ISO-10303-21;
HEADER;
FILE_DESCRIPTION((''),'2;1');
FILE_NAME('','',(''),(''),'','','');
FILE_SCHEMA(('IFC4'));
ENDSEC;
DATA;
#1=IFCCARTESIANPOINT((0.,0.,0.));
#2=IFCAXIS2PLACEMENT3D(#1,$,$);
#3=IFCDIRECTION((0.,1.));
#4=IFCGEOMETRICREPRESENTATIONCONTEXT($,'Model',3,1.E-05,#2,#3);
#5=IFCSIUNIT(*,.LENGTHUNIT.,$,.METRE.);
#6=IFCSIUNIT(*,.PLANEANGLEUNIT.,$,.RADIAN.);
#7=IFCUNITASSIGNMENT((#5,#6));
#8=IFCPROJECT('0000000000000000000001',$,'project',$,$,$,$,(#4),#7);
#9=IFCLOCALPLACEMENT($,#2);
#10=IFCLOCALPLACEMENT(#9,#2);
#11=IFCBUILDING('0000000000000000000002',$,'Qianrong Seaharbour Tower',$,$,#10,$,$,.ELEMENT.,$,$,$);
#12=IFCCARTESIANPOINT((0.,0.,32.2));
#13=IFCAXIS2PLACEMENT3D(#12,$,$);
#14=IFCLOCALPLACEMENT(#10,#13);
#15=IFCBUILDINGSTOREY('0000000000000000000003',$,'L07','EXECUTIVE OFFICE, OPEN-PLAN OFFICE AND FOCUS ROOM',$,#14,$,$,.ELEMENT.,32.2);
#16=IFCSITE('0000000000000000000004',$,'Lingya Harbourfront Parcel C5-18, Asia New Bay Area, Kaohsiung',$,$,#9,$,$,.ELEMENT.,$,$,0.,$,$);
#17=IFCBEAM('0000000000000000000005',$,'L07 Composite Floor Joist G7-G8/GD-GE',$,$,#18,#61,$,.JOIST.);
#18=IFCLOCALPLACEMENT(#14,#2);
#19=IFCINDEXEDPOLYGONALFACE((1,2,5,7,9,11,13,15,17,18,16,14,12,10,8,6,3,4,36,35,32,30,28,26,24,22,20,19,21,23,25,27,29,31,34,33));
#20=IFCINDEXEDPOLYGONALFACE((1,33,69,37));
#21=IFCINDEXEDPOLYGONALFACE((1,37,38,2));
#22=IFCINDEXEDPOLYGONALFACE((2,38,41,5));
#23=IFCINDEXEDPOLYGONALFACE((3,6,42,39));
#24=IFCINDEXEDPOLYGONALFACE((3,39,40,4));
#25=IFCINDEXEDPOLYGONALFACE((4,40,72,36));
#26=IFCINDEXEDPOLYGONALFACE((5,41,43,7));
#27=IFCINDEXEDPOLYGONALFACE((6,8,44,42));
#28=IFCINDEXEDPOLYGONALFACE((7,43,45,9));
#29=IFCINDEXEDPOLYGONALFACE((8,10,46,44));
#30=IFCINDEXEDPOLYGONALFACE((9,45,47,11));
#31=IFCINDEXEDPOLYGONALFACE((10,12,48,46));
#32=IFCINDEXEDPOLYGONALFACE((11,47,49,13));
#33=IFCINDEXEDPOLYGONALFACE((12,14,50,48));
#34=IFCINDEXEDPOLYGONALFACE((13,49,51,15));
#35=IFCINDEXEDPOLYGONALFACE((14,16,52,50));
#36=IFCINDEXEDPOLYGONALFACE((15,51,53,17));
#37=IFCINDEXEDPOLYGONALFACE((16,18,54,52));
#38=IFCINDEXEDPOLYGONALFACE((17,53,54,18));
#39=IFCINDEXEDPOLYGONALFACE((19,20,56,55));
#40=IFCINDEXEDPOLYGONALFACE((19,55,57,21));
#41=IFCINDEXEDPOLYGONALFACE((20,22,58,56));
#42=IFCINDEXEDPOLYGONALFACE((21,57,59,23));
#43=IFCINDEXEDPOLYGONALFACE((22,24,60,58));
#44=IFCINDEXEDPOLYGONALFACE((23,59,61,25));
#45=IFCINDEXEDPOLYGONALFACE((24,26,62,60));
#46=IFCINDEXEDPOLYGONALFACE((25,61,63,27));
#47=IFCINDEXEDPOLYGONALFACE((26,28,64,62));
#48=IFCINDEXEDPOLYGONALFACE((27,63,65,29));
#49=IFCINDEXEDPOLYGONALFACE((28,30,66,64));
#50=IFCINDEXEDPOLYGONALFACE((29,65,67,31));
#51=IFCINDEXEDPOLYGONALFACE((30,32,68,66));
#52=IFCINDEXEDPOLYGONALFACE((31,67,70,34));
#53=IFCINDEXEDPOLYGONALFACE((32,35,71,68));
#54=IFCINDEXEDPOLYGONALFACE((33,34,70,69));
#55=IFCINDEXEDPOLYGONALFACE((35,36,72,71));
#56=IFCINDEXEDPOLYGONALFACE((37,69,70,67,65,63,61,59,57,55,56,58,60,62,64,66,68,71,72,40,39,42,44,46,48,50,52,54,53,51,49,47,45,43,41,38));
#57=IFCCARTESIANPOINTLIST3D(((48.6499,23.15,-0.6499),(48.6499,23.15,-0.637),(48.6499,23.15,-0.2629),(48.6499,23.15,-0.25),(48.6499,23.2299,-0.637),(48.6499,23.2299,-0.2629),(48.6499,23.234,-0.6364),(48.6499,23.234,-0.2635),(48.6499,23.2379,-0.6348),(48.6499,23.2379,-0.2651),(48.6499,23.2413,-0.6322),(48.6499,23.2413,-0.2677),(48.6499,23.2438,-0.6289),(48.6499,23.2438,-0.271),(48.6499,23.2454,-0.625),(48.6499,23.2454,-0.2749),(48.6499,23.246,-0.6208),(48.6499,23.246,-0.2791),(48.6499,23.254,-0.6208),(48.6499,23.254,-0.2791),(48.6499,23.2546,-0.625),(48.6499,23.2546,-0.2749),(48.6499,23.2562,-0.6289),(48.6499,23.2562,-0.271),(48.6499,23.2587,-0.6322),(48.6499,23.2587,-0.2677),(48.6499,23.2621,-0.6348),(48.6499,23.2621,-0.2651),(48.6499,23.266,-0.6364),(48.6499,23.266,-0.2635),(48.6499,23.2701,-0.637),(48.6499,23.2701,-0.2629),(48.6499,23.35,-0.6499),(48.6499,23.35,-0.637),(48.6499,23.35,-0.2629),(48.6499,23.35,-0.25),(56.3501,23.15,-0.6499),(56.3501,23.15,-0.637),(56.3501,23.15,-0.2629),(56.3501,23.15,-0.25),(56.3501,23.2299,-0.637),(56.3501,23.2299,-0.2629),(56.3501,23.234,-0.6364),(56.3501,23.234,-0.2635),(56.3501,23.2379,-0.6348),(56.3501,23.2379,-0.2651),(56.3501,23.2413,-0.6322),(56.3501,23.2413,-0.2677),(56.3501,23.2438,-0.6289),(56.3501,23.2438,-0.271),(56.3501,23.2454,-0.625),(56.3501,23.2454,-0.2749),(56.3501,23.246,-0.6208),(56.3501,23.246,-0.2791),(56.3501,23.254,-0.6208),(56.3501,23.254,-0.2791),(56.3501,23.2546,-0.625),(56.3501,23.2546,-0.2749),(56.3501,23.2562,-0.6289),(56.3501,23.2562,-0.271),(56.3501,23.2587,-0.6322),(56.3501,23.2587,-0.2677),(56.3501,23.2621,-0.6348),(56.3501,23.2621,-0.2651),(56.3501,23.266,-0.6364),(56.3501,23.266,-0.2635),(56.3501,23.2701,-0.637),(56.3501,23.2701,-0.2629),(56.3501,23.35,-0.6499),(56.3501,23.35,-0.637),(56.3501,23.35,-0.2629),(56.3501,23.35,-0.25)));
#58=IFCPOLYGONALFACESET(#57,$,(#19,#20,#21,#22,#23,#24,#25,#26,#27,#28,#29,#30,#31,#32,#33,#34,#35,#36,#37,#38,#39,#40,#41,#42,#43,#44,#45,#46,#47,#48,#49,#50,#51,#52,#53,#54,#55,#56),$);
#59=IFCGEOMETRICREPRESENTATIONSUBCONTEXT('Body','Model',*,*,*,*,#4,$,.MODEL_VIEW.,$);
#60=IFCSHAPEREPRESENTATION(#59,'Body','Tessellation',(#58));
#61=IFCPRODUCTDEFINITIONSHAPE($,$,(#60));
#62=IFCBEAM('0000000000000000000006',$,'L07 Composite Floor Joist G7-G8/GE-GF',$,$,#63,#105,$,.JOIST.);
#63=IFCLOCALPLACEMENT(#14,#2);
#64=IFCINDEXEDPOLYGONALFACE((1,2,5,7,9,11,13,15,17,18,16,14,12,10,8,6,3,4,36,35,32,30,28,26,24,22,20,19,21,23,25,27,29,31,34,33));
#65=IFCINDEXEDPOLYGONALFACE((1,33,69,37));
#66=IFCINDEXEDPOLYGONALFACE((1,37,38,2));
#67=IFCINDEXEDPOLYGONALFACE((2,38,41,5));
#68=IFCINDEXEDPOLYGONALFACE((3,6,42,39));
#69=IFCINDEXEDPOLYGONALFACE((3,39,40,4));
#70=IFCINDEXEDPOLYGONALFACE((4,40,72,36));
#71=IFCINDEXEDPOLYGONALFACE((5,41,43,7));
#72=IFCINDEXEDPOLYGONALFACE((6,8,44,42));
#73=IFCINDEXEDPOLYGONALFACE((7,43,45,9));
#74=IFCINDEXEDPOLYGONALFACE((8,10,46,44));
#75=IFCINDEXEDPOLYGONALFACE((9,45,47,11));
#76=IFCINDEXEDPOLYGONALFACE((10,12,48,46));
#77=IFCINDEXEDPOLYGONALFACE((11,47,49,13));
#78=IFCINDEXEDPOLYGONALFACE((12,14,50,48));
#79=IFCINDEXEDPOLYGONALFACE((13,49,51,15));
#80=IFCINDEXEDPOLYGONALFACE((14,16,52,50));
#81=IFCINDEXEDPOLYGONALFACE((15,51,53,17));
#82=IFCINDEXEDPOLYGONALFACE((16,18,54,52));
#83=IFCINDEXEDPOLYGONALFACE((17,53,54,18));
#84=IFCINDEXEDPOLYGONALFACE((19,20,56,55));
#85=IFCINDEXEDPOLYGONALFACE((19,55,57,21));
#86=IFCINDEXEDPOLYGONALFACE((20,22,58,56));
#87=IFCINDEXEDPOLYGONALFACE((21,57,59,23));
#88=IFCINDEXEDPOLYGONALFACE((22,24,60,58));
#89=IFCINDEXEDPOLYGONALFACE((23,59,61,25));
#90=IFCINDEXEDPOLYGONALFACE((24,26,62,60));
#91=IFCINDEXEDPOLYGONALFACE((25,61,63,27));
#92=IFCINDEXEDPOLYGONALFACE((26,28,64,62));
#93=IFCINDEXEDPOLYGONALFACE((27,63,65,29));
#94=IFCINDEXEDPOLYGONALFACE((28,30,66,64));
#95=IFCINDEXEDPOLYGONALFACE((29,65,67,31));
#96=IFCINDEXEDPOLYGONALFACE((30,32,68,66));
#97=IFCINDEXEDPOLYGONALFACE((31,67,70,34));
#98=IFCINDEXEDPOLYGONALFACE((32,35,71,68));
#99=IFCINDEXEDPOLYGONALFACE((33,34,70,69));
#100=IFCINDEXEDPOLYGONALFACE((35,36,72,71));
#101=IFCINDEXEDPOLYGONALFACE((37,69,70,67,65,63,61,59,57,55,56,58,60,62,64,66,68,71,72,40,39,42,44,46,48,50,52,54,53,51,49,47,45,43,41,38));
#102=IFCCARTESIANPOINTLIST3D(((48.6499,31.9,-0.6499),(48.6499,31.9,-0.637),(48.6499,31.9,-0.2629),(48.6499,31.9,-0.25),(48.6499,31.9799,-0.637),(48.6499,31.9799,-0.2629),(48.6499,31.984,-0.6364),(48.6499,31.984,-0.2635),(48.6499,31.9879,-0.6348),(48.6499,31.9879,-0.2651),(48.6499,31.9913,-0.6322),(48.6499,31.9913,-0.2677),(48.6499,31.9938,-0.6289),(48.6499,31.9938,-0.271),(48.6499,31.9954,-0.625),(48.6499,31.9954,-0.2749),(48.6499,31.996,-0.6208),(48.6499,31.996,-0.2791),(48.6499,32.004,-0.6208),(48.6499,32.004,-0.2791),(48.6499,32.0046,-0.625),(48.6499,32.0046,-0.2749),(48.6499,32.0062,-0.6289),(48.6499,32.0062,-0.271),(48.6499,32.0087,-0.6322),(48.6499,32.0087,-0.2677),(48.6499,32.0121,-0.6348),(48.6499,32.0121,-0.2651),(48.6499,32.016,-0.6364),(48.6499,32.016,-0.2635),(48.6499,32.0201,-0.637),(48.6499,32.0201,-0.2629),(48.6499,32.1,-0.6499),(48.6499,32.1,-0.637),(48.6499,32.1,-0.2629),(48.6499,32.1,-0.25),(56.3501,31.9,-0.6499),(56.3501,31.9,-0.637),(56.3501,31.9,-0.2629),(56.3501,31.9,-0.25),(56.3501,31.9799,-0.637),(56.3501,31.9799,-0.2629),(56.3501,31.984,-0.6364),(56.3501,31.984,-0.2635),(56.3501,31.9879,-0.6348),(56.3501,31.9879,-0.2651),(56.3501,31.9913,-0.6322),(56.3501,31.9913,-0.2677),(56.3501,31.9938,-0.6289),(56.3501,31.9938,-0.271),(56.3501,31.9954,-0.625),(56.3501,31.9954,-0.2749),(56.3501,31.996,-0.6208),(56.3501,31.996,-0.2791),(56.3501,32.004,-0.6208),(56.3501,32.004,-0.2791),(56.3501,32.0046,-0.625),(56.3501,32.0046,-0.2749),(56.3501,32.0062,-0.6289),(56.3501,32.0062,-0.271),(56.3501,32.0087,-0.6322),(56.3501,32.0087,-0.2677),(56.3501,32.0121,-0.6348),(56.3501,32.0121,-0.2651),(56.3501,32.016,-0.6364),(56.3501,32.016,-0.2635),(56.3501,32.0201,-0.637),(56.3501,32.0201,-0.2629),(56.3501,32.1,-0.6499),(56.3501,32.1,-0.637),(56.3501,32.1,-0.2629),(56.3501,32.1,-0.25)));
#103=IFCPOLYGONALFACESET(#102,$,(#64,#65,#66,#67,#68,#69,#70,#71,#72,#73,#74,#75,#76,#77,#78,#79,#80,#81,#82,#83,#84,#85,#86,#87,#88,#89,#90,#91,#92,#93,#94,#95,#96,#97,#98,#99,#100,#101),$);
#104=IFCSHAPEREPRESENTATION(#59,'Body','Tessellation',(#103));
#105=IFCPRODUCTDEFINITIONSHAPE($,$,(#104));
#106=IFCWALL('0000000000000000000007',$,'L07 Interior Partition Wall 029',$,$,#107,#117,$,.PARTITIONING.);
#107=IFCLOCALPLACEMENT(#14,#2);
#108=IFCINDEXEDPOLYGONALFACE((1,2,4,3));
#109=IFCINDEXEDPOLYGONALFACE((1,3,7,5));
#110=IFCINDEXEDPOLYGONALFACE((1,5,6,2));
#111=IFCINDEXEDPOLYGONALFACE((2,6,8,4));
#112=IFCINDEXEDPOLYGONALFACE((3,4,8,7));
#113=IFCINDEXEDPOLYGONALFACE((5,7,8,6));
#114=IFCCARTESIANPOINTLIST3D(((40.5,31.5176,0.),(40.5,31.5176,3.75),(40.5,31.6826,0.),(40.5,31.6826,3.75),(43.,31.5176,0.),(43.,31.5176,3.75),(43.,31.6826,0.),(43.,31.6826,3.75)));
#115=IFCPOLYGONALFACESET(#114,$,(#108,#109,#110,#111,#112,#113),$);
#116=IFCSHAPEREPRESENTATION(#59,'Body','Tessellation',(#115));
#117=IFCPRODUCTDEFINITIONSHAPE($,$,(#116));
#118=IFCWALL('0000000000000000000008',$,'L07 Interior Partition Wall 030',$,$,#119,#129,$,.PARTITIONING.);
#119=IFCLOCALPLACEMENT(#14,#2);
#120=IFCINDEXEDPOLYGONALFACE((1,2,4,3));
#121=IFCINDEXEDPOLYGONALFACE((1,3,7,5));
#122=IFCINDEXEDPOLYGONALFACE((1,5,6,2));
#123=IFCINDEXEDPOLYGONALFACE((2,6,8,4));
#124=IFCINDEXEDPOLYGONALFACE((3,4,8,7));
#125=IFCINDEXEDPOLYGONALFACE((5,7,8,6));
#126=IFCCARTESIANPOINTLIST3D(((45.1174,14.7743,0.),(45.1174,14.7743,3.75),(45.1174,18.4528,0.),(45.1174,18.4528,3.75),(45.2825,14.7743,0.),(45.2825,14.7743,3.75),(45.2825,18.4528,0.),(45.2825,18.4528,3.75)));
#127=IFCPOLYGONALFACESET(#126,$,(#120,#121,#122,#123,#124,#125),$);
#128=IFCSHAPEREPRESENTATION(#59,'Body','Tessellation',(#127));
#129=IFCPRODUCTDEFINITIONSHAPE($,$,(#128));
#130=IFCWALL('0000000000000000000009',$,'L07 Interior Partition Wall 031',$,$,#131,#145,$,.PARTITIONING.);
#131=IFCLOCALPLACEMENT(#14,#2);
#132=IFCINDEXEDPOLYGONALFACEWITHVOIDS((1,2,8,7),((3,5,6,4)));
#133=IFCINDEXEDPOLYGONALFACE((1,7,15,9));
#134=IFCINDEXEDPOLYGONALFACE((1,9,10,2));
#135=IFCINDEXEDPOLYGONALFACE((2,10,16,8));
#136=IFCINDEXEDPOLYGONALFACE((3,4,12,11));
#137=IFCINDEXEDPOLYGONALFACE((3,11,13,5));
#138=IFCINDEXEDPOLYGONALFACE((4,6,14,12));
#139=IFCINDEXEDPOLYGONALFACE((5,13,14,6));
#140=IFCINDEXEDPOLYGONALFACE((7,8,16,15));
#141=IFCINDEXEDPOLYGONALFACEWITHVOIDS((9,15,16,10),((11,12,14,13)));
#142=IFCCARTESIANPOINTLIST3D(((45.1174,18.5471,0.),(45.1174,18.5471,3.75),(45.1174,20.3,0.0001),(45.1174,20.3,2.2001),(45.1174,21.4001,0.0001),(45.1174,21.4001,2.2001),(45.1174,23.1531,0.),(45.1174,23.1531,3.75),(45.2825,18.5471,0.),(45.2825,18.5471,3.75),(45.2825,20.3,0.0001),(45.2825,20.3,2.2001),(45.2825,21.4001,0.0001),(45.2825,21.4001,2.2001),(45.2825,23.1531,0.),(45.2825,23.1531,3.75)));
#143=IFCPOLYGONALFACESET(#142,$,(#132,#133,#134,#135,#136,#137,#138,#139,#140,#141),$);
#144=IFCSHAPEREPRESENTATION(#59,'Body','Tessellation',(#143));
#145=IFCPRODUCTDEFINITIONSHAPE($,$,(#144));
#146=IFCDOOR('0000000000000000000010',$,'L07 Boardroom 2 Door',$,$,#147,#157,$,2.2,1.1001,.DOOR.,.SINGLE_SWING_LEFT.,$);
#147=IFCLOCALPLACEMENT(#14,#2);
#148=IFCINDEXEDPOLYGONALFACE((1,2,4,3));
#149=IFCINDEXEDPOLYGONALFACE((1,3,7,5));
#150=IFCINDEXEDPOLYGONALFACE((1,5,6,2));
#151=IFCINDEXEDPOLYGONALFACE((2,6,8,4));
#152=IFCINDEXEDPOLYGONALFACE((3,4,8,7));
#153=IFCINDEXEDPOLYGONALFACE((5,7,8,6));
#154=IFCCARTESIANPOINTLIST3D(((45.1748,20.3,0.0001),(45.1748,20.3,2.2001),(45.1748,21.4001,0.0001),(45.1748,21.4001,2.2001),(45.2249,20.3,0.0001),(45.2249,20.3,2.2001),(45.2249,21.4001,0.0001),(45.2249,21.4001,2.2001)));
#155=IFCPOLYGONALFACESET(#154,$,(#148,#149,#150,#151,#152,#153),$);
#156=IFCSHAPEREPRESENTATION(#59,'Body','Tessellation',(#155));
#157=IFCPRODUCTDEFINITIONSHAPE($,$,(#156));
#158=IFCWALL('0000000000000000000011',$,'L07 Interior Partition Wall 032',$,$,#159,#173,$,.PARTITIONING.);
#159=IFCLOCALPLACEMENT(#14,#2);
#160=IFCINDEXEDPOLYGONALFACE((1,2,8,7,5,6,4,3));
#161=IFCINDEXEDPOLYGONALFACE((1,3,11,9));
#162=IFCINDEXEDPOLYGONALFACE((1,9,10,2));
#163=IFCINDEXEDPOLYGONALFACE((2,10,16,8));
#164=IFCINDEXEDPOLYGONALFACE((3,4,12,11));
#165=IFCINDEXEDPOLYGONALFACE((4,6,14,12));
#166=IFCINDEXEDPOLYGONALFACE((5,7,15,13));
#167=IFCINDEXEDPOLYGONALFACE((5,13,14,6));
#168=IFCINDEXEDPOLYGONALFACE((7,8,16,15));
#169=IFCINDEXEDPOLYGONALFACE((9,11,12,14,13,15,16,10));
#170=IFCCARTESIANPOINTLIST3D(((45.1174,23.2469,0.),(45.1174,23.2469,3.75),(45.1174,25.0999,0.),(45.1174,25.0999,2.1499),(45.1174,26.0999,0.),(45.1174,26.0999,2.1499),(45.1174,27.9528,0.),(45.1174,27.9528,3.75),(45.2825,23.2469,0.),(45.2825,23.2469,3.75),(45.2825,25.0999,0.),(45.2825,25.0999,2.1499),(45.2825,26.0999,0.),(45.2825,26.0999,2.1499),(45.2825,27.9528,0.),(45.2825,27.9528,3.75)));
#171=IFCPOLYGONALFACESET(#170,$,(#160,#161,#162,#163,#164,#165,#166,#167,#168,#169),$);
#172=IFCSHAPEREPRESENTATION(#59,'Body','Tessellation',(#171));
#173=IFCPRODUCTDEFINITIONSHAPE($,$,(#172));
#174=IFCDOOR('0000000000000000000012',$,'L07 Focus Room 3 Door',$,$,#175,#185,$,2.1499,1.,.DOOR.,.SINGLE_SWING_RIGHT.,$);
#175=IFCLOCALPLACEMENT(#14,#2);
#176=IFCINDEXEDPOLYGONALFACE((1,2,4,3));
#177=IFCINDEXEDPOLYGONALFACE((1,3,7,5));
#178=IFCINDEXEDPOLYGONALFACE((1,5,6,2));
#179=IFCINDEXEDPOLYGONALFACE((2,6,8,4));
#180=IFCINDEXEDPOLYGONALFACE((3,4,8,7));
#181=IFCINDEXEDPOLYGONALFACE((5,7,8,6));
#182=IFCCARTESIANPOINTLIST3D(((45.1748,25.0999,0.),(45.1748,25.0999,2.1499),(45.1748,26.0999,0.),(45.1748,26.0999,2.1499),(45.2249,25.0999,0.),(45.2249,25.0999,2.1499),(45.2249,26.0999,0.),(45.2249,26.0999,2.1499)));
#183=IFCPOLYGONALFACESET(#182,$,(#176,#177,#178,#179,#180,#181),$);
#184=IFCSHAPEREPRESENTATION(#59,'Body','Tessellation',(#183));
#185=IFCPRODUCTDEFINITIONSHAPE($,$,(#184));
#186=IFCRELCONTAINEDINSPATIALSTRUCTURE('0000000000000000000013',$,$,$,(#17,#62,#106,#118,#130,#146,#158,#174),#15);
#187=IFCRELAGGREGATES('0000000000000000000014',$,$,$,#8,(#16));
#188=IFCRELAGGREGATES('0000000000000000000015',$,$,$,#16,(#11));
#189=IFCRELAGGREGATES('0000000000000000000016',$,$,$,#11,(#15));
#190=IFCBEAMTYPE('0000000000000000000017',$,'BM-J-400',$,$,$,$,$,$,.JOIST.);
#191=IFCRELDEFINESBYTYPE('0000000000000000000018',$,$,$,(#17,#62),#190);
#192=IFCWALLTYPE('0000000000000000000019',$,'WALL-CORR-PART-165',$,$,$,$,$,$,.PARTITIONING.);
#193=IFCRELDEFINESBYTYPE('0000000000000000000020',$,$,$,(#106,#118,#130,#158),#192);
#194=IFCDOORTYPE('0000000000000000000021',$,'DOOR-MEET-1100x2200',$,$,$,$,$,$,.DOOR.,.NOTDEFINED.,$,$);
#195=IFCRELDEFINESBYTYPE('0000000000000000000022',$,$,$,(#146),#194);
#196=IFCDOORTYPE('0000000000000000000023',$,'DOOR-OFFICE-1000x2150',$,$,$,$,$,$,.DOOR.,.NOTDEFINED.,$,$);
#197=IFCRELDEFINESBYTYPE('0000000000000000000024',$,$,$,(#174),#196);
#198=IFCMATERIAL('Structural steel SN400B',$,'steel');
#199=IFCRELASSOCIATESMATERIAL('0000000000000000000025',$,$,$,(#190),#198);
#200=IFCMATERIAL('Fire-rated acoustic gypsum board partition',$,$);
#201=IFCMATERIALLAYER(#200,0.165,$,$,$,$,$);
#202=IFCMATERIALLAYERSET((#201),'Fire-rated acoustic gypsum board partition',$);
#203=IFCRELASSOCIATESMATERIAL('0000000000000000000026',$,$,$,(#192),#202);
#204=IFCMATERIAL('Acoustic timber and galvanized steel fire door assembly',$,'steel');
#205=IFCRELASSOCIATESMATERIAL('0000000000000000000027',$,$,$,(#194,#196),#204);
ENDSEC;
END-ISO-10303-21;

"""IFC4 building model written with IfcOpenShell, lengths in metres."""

from ifc_helpers import new_model, si_unit, direction, frame, frame_2d, origin, origin_2d, place, context, subcontext, project, spatial, rectangle, i_section, extrude, material, layer, layer_set, material_profile, profile_set, type_object, element, fill, save


model = new_model("IFC4")

# Units and contexts
model_context = context("Model", 3, precision=1e-05, world=origin(), true_north=direction((0.0, 1.0)))
body_context = subcontext(model_context, "Body", "Model", "MODEL_VIEW")
ifc_project = project(units=[si_unit("LENGTHUNIT", "METRE"), si_unit("PLANEANGLEUNIT", "RADIAN")], contexts=[model_context])

# Site, building, storey
site_placement = place(None, origin())
site = spatial("IfcSite", under=ifc_project, at=site_placement, Name="Lingya Harbourfront Parcel C5-18, Asia New Bay Area, Kaohsiung", CompositionType="ELEMENT", RefElevation=0.0)
building_placement = place(site_placement, origin())
building = spatial("IfcBuilding", under=site, at=building_placement, Name="Qianrong Seaharbour Tower", CompositionType="ELEMENT")
storey_placement = place(building_placement, frame((0.0, 0.0, 32.2)))
storey = spatial("IfcBuildingStorey", under=building, at=storey_placement, Name="L07", Description="EXECUTIVE OFFICE, OPEN-PLAN OFFICE AND FOCUS ROOM", CompositionType="ELEMENT", Elevation=32.2)

# Beams
ifc_material_1 = material(Name="Structural steel SN400B", Category="steel")
ifc_material_profile_1 = material_profile(ifc_material_1, i_section(OverallWidth=0.2, OverallDepth=0.3999, WebThickness=0.0081, FlangeThickness=0.0129, FilletRadius=0.0161, at=origin_2d()), Name="H400x200x8x13")
ifc_profile_set_1 = profile_set([ifc_material_profile_1], Name="Structural steel SN400B")
beam_type_1 = type_object("IfcBeamType", Name="BM-J-400", PredefinedType="JOIST", material=ifc_profile_set_1)
for number, where, z_axis, x_axis, name in (
    (1, (48.6499, 23.25, -0.45), (1.0, 0.0, 0.0), (0.0, 1.0, 0.0), "L07 Composite Floor Joist G7-G8/GD-GE"),
    (2, (48.6499, 32.0, -0.45), (1.0, 0.0, 0.0), (0.0, 1.0, 0.0), "L07 Composite Floor Joist G7-G8/GE-GF"),
):
    element("IfcBeam", number, at=place(storey_placement, frame(where, z_axis=z_axis, x_axis=x_axis)), inside=storey, type_object=beam_type_1, Name=name, PredefinedType="JOIST", context=body_context, shape_type="SweptSolid", body=[
        extrude(i_section(OverallWidth=0.2, OverallDepth=0.3999, WebThickness=0.0081, FlangeThickness=0.0129, FilletRadius=0.0161, at=origin_2d()), origin(), (0.0, 0.0, 1.0), 7.7002),
    ])

# Walls
ifc_material_2 = material(Name="Fire-rated acoustic gypsum board partition")
ifc_layer_1 = layer(ifc_material_2, 0.165)
ifc_layer_set_1 = layer_set([ifc_layer_1], Name="Fire-rated acoustic gypsum board partition")
wall_type_1 = type_object("IfcWallType", Name="WALL-CORR-PART-165", PredefinedType="PARTITIONING", material=ifc_layer_set_1)
wall_1_placement = place(storey_placement, frame((43.0, 31.6001, 0.0), z_axis=(0.0, 0.0, 1.0), x_axis=(-1.0, 0.0, 0.0)))
element("IfcWall", 3, at=wall_1_placement, inside=storey, type_object=wall_type_1, Name="L07 Interior Partition Wall 029", PredefinedType="PARTITIONING", context=body_context, shape_type="SweptSolid", body=[
    extrude(rectangle(XDim=2.5, YDim=0.165, at=frame_2d((1.25, 0.0))), origin(), (0.0, 0.0, 1.0), 3.75),
])
wall_2_placement = place(storey_placement, frame((45.2, 18.4529, 0.0), z_axis=(0.0, 0.0, 1.0), x_axis=(0.0, -1.0, 0.0)))
element("IfcWall", 4, at=wall_2_placement, inside=storey, type_object=wall_type_1, Name="L07 Interior Partition Wall 030", PredefinedType="PARTITIONING", context=body_context, shape_type="SweptSolid", body=[
    extrude(rectangle(XDim=3.6785, YDim=0.165, at=frame_2d((1.8394, 0.0))), origin(), (0.0, 0.0, 1.0), 3.75),
])

# Walls, openings, doors
wall_3_placement = place(storey_placement, frame((45.2, 23.1531, 0.0), z_axis=(0.0, 0.0, 1.0), x_axis=(0.0, -1.0, 0.0)))
wall_3 = element("IfcWall", 5, at=wall_3_placement, inside=storey, type_object=wall_type_1, Name="L07 Interior Partition Wall 031", PredefinedType="PARTITIONING", context=body_context, shape_type="SweptSolid", body=[
    extrude(rectangle(XDim=4.606, YDim=0.165, at=frame_2d((2.303, 0.0))), origin(), (0.0, 0.0, 1.0), 3.75),
])
opening_1_placement = place(wall_3_placement, frame((1.7529, 0.0, 0.0)))
opening_1 = element("IfcOpeningElement", 6, at=opening_1_placement, cuts=wall_3, PredefinedType="OPENING", context=body_context, shape_type="SweptSolid", body=[
    extrude(rectangle(XDim=1.1001, YDim=2.2, at=frame_2d((0.55, 1.1001))), frame((0.0, 0.0925, 0.0), z_axis=(0.0, -1.0, 0.0), x_axis=(1.0, 0.0, 0.0)), (0.0, 0.0, 1.0), 0.1851),
])
ifc_material_3 = material(Name="Acoustic timber and galvanized steel fire door assembly", Category="steel")
door_type_1 = type_object("IfcDoorType", Name="DOOR-MEET-1100x2200", OperationType="NOTDEFINED", PredefinedType="DOOR", material=ifc_material_3)
door_1_placement = place(opening_1_placement, origin())
door_1 = element("IfcDoor", 7, at=door_1_placement, inside=storey, type_object=door_type_1, Name="L07 Boardroom 2 Door", OperationType="SINGLE_SWING_LEFT", OverallHeight=2.2, OverallWidth=1.1001, PredefinedType="DOOR", context=body_context, shape_type="SweptSolid", body=[
    extrude(rectangle(XDim=1.1001, YDim=2.2, at=frame_2d((0.55, 1.1001))), frame((0.0, 0.0249, 0.0), z_axis=(0.0, -1.0, 0.0), x_axis=(1.0, 0.0, 0.0)), (0.0, 0.0, 1.0), 0.05),
])
fill(opening_1, door_1)
wall_4_placement = place(storey_placement, frame((45.2, 27.9529, 0.0), z_axis=(0.0, 0.0, 1.0), x_axis=(0.0, -1.0, 0.0)))
wall_4 = element("IfcWall", 8, at=wall_4_placement, inside=storey, type_object=wall_type_1, Name="L07 Interior Partition Wall 032", PredefinedType="PARTITIONING", context=body_context, shape_type="SweptSolid", body=[
    extrude(rectangle(XDim=4.7058, YDim=0.165, at=frame_2d((2.353, 0.0))), origin(), (0.0, 0.0, 1.0), 3.75),
])
opening_2_placement = place(wall_4_placement, frame((1.853, 0.0, 0.0)))
opening_2 = element("IfcOpeningElement", 9, at=opening_2_placement, cuts=wall_4, PredefinedType="OPENING", context=body_context, shape_type="SweptSolid", body=[
    extrude(rectangle(XDim=1.0, YDim=2.1499, at=frame_2d((0.5, 1.075))), frame((0.0, 0.0925, 0.0), z_axis=(0.0, -1.0, 0.0), x_axis=(1.0, 0.0, 0.0)), (0.0, 0.0, 1.0), 0.1851),
])
door_type_2 = type_object("IfcDoorType", Name="DOOR-OFFICE-1000x2150", OperationType="NOTDEFINED", PredefinedType="DOOR", material=ifc_material_3)
door_2_placement = place(opening_2_placement, origin())
door_2 = element("IfcDoor", 10, at=door_2_placement, inside=storey, type_object=door_type_2, Name="L07 Focus Room 3 Door", OperationType="SINGLE_SWING_RIGHT", OverallHeight=2.1499, OverallWidth=1.0, PredefinedType="DOOR", context=body_context, shape_type="SweptSolid", body=[
    extrude(rectangle(XDim=1.0, YDim=2.1499, at=frame_2d((0.5, 1.075))), frame((0.0, 0.0249, 0.0), z_axis=(0.0, -1.0, 0.0), x_axis=(1.0, 0.0, 0.0)), (0.0, 0.0, 1.0), 0.05),
])
fill(opening_2, door_2)

save(model, "model.ifc")
